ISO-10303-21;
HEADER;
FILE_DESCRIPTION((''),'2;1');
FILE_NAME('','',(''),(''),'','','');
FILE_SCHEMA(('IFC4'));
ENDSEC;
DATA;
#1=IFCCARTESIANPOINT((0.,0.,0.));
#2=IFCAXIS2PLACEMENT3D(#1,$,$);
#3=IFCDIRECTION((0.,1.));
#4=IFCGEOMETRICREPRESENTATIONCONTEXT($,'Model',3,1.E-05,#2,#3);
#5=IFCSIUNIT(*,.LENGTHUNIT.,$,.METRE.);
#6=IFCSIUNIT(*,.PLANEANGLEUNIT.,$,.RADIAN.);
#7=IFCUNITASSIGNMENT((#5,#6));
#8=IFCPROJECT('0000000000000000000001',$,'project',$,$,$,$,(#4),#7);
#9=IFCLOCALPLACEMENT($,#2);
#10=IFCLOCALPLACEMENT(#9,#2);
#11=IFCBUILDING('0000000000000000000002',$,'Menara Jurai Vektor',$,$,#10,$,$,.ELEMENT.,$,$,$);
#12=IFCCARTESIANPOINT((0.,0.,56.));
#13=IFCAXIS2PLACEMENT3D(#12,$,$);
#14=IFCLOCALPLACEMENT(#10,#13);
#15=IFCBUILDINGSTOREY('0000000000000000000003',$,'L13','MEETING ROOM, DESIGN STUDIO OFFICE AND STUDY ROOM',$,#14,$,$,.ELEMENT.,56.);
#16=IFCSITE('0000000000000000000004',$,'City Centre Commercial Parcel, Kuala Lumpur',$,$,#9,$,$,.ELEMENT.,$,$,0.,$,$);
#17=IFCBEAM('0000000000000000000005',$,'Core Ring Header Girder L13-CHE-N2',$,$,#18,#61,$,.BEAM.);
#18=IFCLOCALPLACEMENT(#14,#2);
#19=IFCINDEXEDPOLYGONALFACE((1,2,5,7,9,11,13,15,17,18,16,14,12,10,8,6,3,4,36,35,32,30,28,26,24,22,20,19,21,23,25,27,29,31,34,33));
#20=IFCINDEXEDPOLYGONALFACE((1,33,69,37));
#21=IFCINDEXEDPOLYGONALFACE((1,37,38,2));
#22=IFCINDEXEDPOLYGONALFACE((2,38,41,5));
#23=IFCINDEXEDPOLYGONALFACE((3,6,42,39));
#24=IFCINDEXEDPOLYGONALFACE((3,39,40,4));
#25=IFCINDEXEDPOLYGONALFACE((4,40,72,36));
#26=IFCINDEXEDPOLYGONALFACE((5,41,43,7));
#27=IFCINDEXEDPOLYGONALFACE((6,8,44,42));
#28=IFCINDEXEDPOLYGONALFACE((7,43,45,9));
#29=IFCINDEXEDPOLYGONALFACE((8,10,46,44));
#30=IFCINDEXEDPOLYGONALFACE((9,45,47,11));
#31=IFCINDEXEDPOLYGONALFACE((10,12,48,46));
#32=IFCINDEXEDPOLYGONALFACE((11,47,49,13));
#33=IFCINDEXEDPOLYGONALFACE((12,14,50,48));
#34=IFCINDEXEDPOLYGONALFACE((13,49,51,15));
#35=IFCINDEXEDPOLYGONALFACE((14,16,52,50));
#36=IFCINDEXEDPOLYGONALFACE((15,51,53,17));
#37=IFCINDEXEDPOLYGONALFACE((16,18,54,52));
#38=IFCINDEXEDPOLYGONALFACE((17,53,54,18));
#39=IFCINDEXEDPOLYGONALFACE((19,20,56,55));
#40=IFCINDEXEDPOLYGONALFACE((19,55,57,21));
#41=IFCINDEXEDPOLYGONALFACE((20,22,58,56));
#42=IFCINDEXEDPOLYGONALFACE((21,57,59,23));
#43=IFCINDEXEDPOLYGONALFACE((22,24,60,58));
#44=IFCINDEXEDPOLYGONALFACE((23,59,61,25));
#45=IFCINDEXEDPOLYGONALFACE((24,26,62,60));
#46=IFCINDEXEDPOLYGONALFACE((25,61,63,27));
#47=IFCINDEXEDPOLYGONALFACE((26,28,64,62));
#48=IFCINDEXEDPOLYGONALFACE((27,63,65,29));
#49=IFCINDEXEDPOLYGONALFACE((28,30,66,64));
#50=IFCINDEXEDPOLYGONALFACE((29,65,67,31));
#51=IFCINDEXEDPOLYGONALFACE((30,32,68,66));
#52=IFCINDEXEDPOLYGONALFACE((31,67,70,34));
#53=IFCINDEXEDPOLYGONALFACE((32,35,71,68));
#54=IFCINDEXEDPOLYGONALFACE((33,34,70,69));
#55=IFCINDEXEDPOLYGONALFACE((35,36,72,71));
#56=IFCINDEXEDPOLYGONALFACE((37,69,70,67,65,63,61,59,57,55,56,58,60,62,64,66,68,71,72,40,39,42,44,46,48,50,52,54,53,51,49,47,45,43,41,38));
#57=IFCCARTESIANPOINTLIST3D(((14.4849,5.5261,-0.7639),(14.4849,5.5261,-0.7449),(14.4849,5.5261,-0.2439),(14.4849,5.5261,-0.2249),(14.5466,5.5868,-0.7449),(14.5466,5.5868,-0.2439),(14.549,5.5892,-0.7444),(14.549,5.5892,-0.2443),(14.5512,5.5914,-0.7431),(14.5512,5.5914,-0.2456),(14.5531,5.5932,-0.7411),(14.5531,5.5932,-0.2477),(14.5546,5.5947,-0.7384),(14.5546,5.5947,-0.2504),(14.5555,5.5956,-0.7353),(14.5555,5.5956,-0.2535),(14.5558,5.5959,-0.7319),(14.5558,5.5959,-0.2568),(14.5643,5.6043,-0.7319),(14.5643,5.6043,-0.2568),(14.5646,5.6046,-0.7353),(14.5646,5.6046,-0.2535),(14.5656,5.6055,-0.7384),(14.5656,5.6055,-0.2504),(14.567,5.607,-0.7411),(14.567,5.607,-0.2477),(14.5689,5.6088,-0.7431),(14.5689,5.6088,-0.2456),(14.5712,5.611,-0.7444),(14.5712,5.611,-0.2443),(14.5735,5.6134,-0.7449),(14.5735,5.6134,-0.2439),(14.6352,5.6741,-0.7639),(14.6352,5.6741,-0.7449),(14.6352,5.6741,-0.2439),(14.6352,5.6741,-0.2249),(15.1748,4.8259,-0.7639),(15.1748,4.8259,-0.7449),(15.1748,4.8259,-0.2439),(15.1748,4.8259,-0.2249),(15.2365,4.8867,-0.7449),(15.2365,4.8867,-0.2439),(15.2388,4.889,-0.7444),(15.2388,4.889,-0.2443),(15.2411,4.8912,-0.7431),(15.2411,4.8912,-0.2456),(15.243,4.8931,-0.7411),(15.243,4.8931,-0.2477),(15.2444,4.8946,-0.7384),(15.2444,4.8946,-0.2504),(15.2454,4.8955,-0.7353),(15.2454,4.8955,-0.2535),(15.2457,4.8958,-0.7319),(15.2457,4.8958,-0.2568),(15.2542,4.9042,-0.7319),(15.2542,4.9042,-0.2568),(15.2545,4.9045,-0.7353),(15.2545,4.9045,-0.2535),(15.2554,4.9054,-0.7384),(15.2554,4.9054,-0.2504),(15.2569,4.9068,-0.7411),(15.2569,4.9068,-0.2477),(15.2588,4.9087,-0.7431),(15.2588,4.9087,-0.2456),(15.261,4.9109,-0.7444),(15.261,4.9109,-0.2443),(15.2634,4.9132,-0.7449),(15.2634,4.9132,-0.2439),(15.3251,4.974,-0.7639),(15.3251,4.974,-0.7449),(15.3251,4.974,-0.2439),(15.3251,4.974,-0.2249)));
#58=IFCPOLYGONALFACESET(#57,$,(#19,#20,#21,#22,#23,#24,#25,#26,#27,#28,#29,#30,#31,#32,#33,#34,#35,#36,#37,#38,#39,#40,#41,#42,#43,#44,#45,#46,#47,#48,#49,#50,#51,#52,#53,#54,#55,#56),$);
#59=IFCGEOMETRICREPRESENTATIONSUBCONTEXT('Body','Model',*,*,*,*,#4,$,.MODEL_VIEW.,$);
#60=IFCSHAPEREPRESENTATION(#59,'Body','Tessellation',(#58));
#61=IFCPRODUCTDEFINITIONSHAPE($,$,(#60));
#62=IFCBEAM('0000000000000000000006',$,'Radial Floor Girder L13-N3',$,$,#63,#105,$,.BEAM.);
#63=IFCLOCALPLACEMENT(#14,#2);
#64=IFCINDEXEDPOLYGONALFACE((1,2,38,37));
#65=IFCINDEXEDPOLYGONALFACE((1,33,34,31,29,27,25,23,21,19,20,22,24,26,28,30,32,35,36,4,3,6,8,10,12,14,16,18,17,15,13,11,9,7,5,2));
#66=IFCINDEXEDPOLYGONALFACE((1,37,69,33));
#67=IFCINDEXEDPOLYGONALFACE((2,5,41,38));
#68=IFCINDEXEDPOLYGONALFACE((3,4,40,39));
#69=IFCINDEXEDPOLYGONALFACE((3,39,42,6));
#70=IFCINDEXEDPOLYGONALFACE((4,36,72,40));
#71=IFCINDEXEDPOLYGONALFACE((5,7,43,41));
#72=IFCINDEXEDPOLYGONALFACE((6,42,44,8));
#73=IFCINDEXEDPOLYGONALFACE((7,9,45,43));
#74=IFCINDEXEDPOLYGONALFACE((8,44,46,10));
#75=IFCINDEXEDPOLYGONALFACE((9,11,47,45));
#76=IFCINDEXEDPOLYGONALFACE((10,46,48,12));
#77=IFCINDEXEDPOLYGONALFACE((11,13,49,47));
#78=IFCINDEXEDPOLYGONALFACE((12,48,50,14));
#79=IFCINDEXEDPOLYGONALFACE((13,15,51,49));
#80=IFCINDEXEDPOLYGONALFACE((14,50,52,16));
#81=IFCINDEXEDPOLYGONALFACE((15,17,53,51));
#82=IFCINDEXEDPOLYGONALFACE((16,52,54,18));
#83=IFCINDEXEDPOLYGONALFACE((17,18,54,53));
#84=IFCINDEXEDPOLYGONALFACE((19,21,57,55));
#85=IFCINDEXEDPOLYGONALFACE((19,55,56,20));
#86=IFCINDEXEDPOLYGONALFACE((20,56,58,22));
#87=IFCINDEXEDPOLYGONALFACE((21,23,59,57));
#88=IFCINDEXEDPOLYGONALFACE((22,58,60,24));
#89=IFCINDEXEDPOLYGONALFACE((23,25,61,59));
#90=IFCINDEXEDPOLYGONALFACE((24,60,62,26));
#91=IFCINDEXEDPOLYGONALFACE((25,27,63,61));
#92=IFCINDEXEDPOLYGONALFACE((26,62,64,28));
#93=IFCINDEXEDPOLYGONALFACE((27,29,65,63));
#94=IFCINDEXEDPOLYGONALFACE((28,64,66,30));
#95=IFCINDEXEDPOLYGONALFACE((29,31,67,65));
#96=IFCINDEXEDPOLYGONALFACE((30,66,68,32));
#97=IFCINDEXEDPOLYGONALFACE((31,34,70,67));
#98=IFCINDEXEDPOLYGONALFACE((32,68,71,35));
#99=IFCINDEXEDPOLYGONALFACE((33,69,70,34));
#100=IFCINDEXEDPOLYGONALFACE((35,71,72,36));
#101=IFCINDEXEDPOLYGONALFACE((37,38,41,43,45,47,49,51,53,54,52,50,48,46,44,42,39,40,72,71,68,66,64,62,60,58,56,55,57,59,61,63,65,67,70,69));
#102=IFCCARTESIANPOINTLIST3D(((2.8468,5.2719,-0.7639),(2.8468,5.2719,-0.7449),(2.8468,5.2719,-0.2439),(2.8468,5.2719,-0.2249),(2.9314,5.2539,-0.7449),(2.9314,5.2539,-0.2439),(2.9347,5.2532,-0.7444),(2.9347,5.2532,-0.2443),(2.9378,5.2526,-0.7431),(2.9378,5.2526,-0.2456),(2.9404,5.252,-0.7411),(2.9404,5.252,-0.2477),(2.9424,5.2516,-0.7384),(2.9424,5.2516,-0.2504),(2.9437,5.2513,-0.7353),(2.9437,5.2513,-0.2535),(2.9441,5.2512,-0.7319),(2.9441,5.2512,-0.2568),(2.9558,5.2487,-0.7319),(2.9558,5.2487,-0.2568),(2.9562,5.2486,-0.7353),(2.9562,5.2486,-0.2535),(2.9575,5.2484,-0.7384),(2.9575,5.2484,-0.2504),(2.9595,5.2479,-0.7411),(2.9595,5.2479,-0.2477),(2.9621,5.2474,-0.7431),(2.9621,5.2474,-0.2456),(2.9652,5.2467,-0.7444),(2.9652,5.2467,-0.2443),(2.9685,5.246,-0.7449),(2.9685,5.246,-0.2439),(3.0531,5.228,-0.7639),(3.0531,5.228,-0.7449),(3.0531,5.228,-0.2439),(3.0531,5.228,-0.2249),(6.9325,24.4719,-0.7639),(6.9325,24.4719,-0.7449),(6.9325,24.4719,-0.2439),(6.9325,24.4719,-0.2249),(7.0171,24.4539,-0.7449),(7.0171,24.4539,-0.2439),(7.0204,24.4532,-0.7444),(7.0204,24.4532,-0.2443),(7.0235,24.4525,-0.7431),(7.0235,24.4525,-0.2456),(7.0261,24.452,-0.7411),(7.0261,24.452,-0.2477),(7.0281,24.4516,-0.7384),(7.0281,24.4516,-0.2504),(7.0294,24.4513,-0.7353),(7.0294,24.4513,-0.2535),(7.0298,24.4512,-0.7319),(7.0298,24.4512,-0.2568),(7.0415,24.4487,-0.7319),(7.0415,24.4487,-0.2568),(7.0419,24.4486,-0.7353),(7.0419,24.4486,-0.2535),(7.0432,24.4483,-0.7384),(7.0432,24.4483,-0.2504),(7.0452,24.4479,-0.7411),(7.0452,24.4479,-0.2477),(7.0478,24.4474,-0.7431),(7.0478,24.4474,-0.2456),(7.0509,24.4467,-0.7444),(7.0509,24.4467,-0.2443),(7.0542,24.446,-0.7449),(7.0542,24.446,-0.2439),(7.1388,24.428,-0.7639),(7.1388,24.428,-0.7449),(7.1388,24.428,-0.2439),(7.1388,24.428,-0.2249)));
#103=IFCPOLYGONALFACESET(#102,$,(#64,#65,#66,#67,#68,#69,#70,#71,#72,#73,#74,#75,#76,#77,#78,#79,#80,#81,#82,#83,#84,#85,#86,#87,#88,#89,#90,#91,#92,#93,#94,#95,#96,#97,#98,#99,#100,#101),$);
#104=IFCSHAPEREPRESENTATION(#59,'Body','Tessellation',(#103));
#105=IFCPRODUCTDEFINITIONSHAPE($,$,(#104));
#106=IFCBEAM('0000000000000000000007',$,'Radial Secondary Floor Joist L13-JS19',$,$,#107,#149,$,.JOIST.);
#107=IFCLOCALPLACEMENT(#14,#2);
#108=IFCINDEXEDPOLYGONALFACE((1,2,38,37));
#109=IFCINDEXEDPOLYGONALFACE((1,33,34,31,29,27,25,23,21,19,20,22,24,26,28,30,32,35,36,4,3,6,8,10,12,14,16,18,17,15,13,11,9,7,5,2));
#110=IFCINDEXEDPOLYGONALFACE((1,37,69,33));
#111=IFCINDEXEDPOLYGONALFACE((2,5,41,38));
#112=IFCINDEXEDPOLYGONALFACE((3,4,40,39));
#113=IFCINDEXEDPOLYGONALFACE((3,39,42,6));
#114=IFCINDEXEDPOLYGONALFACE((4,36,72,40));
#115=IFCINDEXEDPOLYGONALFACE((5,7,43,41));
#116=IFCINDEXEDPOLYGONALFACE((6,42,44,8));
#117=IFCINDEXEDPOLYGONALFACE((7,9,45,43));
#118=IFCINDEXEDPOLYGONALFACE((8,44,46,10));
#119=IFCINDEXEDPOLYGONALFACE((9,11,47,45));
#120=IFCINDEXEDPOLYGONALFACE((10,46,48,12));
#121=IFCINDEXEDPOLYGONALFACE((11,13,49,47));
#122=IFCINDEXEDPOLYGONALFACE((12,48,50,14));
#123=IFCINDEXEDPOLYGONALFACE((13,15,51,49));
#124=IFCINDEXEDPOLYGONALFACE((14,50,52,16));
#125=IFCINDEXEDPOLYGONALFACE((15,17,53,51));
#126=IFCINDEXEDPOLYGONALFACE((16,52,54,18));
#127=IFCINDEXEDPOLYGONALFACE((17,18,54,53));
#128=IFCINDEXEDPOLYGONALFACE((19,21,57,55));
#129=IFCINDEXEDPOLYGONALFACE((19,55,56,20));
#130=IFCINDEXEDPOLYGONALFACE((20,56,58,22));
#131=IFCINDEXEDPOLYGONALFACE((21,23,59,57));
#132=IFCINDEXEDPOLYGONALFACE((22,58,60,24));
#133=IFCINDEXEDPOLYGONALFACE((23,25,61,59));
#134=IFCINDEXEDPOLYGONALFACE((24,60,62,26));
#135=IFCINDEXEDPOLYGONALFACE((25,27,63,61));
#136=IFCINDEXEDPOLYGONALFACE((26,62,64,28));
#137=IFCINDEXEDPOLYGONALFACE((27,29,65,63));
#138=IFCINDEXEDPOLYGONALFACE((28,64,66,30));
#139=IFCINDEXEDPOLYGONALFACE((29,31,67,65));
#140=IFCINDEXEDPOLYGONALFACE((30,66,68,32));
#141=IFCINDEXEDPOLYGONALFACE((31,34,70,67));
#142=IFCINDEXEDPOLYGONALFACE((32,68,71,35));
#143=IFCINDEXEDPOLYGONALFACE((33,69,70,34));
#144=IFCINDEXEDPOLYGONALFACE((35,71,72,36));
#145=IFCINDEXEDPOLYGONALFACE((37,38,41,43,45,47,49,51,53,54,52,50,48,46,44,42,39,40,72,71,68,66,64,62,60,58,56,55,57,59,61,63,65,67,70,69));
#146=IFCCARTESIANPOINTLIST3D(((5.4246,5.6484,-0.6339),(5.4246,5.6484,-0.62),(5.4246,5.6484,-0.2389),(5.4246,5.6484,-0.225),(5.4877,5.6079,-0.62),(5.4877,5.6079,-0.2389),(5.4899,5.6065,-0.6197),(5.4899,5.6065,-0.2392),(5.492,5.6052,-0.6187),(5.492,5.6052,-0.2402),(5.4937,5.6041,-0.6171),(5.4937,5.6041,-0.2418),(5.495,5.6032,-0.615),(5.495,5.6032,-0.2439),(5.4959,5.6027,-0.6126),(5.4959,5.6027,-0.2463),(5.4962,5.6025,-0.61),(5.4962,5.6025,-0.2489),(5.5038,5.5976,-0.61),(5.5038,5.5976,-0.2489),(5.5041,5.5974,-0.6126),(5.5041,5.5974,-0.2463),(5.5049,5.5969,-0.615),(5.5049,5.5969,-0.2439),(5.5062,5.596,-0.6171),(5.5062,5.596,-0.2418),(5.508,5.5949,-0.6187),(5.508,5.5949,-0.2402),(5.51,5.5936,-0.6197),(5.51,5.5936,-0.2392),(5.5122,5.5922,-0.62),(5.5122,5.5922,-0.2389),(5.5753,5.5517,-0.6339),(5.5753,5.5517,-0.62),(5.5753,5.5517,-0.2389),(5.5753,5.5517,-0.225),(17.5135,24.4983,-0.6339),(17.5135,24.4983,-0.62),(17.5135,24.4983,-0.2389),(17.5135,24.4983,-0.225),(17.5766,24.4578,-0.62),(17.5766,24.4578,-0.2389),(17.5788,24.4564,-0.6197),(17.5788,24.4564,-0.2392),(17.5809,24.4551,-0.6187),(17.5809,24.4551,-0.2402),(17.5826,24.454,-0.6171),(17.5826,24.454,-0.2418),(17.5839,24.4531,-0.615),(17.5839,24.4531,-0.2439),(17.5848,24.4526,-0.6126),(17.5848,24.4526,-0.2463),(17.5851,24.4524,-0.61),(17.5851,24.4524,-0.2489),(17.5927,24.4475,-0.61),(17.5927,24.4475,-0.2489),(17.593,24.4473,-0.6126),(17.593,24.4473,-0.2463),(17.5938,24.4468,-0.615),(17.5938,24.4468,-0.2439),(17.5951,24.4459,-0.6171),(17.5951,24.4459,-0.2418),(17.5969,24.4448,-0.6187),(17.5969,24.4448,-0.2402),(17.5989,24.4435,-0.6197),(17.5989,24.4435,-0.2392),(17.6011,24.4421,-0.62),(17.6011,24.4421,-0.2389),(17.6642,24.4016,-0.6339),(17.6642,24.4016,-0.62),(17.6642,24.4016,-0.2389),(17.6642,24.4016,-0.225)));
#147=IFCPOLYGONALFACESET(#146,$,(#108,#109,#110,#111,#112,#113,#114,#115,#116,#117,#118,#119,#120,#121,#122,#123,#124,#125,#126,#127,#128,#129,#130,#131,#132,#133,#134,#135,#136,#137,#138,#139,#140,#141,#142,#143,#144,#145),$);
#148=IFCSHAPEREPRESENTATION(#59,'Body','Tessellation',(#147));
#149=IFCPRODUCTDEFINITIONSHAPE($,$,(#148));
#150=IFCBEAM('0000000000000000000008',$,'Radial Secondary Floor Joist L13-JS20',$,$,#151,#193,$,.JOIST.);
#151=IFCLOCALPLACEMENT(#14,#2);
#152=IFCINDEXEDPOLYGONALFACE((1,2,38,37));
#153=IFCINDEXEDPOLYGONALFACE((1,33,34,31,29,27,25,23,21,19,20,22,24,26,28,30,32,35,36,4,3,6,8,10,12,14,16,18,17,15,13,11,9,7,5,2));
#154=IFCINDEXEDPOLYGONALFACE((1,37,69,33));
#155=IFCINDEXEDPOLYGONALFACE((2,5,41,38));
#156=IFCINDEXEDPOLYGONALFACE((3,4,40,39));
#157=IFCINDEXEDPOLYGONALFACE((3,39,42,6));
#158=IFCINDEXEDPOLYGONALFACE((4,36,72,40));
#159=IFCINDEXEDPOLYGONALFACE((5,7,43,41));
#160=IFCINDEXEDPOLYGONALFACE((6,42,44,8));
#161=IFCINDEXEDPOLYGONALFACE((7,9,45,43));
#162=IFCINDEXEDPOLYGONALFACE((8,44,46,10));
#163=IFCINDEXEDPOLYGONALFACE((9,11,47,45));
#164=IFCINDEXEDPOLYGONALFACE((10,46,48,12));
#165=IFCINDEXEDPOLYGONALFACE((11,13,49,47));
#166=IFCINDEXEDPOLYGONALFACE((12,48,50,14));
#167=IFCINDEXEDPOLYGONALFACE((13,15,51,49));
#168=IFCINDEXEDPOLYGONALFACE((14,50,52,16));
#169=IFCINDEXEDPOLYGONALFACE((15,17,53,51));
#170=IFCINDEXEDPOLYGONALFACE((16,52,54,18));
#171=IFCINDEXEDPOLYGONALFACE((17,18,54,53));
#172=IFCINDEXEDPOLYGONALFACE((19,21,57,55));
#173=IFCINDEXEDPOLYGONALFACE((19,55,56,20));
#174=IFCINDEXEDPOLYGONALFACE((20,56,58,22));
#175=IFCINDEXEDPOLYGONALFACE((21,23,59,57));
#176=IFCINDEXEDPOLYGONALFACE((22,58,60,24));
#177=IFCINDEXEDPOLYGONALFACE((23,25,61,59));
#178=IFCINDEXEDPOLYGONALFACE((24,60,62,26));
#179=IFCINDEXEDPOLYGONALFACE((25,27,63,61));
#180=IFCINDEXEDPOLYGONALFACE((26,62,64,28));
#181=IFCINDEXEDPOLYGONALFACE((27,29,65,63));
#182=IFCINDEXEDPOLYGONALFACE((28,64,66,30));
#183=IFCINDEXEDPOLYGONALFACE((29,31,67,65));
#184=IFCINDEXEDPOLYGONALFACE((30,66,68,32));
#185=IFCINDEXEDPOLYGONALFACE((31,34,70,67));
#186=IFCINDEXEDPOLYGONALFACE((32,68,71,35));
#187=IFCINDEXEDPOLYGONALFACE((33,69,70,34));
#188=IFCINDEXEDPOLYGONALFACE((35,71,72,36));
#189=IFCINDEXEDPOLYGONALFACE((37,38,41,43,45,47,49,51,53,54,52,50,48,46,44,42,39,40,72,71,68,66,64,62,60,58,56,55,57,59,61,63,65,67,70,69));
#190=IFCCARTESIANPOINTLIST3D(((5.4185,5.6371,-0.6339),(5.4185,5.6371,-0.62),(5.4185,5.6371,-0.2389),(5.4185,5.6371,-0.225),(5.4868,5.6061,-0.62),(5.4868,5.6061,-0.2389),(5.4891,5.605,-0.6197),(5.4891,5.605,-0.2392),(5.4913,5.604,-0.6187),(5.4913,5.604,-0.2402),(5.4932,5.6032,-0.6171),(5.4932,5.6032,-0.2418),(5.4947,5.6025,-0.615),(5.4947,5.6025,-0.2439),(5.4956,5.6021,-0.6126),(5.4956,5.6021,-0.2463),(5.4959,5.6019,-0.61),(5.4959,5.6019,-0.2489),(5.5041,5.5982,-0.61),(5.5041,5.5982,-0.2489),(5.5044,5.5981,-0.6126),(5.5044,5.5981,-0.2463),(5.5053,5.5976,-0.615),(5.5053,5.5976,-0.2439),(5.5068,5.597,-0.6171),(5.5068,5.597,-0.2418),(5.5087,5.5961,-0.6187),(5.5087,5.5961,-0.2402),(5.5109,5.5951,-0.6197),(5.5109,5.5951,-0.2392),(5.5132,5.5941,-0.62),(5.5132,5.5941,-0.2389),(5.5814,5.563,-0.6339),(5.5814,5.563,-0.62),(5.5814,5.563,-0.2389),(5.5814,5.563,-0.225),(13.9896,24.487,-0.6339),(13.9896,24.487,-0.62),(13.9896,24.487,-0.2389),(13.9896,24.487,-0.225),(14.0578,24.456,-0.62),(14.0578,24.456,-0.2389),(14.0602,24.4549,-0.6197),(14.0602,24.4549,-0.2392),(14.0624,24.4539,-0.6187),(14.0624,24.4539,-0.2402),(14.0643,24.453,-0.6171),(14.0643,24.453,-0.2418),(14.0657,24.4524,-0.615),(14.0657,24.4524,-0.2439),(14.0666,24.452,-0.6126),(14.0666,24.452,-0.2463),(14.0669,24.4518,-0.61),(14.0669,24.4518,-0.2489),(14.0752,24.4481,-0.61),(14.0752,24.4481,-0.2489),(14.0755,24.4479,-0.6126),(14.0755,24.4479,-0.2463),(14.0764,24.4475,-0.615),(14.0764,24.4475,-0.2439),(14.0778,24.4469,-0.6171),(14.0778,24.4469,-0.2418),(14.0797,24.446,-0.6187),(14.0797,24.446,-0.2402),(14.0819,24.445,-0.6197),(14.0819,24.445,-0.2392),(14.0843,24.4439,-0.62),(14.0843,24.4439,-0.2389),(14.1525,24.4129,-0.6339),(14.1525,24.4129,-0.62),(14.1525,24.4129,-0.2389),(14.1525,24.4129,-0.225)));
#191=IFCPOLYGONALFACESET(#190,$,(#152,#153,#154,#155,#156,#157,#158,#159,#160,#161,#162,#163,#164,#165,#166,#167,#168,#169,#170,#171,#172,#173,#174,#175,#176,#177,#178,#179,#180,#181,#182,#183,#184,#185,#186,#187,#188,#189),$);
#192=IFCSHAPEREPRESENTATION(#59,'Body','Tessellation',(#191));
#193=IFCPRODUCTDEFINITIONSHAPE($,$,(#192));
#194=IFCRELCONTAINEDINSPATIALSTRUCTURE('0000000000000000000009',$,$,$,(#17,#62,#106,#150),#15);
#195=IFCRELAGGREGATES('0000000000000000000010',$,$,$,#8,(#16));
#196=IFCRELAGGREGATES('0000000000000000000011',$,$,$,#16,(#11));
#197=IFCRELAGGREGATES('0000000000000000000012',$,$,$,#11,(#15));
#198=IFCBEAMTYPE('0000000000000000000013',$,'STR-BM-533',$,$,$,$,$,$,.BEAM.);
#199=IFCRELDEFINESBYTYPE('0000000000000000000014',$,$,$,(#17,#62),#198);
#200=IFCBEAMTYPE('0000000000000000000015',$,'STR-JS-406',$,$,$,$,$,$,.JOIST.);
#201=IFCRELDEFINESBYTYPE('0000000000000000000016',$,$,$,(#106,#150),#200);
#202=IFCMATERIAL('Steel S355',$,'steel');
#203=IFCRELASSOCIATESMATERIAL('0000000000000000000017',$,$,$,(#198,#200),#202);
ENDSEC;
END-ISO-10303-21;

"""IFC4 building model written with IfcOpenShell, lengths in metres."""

from ifc_helpers import new_model, si_unit, direction, frame, origin, origin_2d, place, context, subcontext, project, spatial, i_section, extrude, material, material_profile, profile_set, type_object, element, save


model = new_model("IFC4")

# Units and contexts
model_context = context("Model", 3, precision=1e-05, world=origin(), true_north=direction((0.0, 1.0)))
body_context = subcontext(model_context, "Body", "Model", "MODEL_VIEW")
ifc_project = project(units=[si_unit("LENGTHUNIT", "METRE"), si_unit("PLANEANGLEUNIT", "RADIAN")], contexts=[model_context])

# Site, building, storey
site_placement = place(None, origin())
site = spatial("IfcSite", under=ifc_project, at=site_placement, Name="City Centre Commercial Parcel, Kuala Lumpur", CompositionType="ELEMENT", RefElevation=0.0)
building_placement = place(site_placement, origin())
building = spatial("IfcBuilding", under=site, at=building_placement, Name="Menara Jurai Vektor", CompositionType="ELEMENT")
storey_placement = place(building_placement, frame((0.0, 0.0, 56.0)))
storey = spatial("IfcBuildingStorey", under=building, at=storey_placement, Name="L13", Description="MEETING ROOM, DESIGN STUDIO OFFICE AND STUDY ROOM", CompositionType="ELEMENT", Elevation=56.0)

# Beams
ifc_material_1 = material(Name="Steel S355", Category="steel")
ifc_material_profile_1 = material_profile(ifc_material_1, i_section(OverallWidth=0.2109, OverallDepth=0.5391, WebThickness=0.012, FlangeThickness=0.019, FilletRadius=0.0129, at=origin_2d()), Name="UKB 533x210x109")
ifc_profile_set_1 = profile_set([ifc_material_profile_1], Name="Steel S355")
beam_type_1 = type_object("IfcBeamType", Name="STR-BM-533", PredefinedType="BEAM", material=ifc_profile_set_1)
beam_1_placement = place(storey_placement, frame((14.5601, 5.6001, -0.4944), z_axis=(0.701872, -0.712303, 0.0), x_axis=(0.712303, 0.701872, 0.0)))
element("IfcBeam", 1, at=beam_1_placement, inside=storey, type_object=beam_type_1, Name="Core Ring Header Girder L13-CHE-N2", PredefinedType="BEAM", context=body_context, shape_type="SweptSolid", body=[
    extrude(i_section(OverallWidth=0.2109, OverallDepth=0.5391, WebThickness=0.012, FlangeThickness=0.019, FilletRadius=0.0129, at=origin_2d()), origin(), (0.0, 0.0, 1.0), 0.9829),
])
beam_2_placement = place(storey_placement, frame((7.0356, 24.45, -0.4944), z_axis=(-0.208137, -0.9781, 0.0), x_axis=(0.9781, -0.208137, 0.0)))
element("IfcBeam", 2, at=beam_2_placement, inside=storey, type_object=beam_type_1, Name="Radial Floor Girder L13-N3", PredefinedType="BEAM", context=body_context, shape_type="SweptSolid", body=[
    extrude(i_section(OverallWidth=0.2109, OverallDepth=0.5391, WebThickness=0.012, FlangeThickness=0.019, FilletRadius=0.0129, at=origin_2d()), origin(), (0.0, 0.0, 1.0), 19.6299),
])
ifc_material_profile_2 = material_profile(ifc_material_1, i_section(OverallWidth=0.179, OverallDepth=0.4089, WebThickness=0.009, FlangeThickness=0.0139, FilletRadius=0.01, at=origin_2d()), Name="UKB 406x178x67")
ifc_profile_set_2 = profile_set([ifc_material_profile_2], Name="Steel S355")
beam_type_2 = type_object("IfcBeamType", Name="STR-JS-406", PredefinedType="JOIST", material=ifc_profile_set_2)
beam_3_placement = place(storey_placement, frame((17.5889, 24.45, -0.4294), z_axis=(-0.539844, -0.841765, 0.0), x_axis=(0.841765, -0.539844, 0.0)))
element("IfcBeam", 3, at=beam_3_placement, inside=storey, type_object=beam_type_2, Name="Radial Secondary Floor Joist L13-JS19", PredefinedType="JOIST", context=body_context, shape_type="SweptSolid", body=[
    extrude(i_section(OverallWidth=0.179, OverallDepth=0.4089, WebThickness=0.009, FlangeThickness=0.0139, FilletRadius=0.01, at=origin_2d()), origin(), (0.0, 0.0, 1.0), 22.3933),
])
beam_4_placement = place(storey_placement, frame((14.071, 24.45, -0.4294), z_axis=(-0.41392, -0.910313, 0.0), x_axis=(0.910313, -0.41392, 0.0)))
element("IfcBeam", 4, at=beam_4_placement, inside=storey, type_object=beam_type_2, Name="Radial Secondary Floor Joist L13-JS20", PredefinedType="JOIST", context=body_context, shape_type="SweptSolid", body=[
    extrude(i_section(OverallWidth=0.179, OverallDepth=0.4089, WebThickness=0.009, FlangeThickness=0.0139, FilletRadius=0.01, at=origin_2d()), origin(), (0.0, 0.0, 1.0), 20.707),
])

save(model, "model.ifc")
